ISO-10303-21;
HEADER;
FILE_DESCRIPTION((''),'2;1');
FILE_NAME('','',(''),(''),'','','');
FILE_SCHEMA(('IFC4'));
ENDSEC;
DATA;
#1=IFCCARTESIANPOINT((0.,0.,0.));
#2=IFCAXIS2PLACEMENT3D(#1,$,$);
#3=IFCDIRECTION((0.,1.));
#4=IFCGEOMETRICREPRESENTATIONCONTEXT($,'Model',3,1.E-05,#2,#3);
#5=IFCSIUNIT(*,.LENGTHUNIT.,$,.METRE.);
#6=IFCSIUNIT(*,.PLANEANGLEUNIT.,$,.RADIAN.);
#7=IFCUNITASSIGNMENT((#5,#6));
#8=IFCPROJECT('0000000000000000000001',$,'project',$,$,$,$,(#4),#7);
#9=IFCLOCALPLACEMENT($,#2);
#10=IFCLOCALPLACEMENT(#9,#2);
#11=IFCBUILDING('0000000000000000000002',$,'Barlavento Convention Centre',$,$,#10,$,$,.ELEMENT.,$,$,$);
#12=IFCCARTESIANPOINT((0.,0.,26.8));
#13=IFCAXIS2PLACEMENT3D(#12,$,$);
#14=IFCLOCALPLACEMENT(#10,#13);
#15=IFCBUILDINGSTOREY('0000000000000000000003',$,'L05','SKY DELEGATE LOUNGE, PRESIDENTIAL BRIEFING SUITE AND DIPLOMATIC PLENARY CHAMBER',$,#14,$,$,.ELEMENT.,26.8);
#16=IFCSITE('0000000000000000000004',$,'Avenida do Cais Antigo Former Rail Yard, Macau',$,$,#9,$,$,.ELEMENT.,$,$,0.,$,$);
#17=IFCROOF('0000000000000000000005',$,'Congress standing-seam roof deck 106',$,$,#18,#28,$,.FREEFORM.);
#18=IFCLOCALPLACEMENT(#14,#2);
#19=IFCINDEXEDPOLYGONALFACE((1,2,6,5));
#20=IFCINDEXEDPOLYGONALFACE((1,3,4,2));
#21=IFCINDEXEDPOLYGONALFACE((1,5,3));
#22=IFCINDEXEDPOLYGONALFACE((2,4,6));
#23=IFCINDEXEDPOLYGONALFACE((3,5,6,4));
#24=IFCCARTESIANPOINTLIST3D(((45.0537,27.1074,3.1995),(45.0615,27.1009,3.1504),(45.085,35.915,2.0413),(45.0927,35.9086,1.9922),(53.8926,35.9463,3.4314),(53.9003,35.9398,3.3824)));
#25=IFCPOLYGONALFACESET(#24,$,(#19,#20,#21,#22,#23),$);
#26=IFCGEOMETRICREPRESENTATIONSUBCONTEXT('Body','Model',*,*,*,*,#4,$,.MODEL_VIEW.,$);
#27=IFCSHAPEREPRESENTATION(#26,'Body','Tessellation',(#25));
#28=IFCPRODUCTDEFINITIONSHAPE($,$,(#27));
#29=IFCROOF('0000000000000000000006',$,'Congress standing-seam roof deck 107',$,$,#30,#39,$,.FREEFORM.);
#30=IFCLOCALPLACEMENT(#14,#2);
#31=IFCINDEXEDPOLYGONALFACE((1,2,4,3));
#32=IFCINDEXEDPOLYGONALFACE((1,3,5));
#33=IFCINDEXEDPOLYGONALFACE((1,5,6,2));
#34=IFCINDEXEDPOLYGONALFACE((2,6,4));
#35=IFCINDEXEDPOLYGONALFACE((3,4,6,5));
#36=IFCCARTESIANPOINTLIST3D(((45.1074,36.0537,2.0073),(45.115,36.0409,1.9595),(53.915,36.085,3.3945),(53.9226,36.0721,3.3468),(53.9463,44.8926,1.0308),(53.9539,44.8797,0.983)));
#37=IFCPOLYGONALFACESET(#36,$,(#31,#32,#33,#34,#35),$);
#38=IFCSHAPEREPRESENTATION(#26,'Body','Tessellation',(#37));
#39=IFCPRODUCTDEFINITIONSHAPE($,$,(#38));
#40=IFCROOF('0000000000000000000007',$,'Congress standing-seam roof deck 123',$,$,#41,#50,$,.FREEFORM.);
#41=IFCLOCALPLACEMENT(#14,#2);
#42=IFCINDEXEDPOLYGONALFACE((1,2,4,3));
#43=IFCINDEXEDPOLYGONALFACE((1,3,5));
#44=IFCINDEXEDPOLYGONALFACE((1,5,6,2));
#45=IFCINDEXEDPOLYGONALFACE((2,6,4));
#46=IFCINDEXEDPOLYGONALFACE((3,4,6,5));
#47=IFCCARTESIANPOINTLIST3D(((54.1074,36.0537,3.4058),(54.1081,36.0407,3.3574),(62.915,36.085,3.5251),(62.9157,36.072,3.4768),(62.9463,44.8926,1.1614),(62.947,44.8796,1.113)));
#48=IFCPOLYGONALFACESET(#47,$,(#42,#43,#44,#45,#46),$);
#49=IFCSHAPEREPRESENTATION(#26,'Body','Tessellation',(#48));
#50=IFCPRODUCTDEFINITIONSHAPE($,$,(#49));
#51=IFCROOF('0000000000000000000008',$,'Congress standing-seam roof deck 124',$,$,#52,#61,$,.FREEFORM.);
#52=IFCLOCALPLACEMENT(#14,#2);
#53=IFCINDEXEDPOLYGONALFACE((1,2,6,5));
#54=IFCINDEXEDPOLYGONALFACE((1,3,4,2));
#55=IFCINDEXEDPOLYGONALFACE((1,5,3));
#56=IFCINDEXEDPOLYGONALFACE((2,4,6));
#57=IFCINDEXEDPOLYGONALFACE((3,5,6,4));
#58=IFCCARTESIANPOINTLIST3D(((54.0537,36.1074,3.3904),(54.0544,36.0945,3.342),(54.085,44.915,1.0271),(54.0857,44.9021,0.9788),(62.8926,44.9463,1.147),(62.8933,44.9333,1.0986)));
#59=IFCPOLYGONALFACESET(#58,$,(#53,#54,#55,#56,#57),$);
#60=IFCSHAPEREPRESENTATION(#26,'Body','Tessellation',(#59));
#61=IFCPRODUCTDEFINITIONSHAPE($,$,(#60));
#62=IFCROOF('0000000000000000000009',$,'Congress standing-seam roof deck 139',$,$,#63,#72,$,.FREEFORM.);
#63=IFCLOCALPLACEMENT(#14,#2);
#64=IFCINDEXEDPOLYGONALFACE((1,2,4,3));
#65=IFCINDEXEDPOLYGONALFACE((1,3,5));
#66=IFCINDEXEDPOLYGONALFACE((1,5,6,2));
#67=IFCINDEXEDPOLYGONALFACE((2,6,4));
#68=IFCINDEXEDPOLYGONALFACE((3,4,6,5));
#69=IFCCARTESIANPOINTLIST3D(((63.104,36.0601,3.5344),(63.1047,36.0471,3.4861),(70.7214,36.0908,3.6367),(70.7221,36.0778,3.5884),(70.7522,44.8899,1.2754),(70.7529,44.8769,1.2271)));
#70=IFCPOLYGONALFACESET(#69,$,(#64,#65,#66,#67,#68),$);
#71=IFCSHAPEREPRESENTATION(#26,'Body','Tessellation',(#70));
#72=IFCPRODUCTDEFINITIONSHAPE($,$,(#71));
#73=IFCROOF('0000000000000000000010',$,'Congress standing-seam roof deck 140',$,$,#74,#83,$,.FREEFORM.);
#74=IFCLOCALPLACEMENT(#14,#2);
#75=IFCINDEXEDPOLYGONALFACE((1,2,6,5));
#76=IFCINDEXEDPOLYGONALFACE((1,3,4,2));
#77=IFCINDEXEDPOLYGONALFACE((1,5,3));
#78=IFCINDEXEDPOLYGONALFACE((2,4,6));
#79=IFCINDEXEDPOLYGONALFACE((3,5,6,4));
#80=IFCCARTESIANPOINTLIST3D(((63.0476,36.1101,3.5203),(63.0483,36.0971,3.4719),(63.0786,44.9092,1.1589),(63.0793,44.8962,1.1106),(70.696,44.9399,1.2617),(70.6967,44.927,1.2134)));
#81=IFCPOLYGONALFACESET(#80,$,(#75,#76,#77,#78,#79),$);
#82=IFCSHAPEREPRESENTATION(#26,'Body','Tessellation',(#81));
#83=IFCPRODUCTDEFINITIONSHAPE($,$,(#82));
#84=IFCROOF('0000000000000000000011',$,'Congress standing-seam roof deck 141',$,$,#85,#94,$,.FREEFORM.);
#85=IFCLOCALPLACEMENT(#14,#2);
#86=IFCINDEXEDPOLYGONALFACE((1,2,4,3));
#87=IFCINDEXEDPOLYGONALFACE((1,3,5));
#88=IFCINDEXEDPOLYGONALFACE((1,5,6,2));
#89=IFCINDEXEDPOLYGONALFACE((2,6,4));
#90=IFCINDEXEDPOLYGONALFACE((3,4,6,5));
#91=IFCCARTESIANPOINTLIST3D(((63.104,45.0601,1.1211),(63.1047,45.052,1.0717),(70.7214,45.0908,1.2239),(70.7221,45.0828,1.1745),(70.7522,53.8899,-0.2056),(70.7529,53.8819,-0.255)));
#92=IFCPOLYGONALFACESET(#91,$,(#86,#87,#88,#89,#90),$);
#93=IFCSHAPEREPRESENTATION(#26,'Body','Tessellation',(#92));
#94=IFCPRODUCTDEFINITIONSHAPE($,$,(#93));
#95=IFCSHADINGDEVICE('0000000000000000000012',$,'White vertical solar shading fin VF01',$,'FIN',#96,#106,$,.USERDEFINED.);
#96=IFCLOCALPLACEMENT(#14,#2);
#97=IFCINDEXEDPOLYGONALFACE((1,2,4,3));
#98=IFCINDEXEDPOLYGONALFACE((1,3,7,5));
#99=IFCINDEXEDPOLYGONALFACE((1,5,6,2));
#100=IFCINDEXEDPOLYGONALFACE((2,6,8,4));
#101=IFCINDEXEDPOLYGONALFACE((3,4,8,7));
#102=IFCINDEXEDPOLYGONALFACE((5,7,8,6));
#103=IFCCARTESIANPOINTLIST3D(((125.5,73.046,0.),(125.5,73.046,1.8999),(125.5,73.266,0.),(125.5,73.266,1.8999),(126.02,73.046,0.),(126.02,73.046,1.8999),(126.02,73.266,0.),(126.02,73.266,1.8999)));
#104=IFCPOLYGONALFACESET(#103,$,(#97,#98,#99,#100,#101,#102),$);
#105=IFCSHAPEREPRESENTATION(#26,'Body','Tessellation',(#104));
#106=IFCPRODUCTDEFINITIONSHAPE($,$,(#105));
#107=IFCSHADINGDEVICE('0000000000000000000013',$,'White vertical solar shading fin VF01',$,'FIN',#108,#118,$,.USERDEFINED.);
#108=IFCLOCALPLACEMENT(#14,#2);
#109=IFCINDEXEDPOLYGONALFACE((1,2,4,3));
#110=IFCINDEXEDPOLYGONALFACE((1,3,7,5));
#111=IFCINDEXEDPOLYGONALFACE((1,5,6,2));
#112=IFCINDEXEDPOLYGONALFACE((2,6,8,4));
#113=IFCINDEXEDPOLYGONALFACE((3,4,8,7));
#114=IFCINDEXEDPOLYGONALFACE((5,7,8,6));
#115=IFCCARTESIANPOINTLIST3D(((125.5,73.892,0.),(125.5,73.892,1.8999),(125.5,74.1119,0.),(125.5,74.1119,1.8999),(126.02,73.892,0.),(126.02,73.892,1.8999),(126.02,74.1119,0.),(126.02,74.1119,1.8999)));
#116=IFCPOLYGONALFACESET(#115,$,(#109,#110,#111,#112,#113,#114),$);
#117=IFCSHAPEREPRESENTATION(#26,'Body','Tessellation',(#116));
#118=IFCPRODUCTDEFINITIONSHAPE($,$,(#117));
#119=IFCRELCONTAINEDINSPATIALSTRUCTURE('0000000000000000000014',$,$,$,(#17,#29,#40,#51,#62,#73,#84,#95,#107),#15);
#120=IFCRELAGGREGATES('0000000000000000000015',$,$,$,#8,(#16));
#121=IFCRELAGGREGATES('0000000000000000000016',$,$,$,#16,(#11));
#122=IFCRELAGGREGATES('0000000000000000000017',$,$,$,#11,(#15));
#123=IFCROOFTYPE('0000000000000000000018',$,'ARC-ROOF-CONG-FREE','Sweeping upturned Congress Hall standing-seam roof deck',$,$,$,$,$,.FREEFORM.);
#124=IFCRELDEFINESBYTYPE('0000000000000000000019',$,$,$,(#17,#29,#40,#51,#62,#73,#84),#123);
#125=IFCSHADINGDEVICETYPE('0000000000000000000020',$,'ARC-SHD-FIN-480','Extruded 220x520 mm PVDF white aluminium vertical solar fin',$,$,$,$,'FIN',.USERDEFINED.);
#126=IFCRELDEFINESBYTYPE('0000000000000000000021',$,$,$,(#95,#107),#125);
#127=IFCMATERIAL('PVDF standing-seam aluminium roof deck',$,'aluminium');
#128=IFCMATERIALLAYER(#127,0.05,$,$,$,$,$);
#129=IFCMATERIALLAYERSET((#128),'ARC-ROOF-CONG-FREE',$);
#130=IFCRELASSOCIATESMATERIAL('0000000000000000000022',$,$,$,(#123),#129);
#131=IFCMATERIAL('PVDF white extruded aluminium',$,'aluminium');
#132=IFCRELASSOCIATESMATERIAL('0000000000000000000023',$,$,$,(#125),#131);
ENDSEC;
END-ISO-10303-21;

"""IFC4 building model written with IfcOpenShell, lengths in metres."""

from ifc_helpers import new_model, si_unit, direction, frame, origin, origin_2d, place, context, subcontext, project, spatial, polyline, rectangle, outline, extrude, material, layer, layer_set, type_object, element, save


model = new_model("IFC4")

# Units and contexts
model_context = context("Model", 3, precision=1e-05, world=origin(), true_north=direction((0.0, 1.0)))
body_context = subcontext(model_context, "Body", "Model", "MODEL_VIEW")
ifc_project = project(units=[si_unit("LENGTHUNIT", "METRE"), si_unit("PLANEANGLEUNIT", "RADIAN")], contexts=[model_context])

# Site, building, storey
site_placement = place(None, origin())
site = spatial("IfcSite", under=ifc_project, at=site_placement, Name="Avenida do Cais Antigo Former Rail Yard, Macau", CompositionType="ELEMENT", RefElevation=0.0)
building_placement = place(site_placement, origin())
building = spatial("IfcBuilding", under=site, at=building_placement, Name="Barlavento Convention Centre", CompositionType="ELEMENT")
storey_placement = place(building_placement, frame((0.0, 0.0, 26.8)))
storey = spatial("IfcBuildingStorey", under=building, at=storey_placement, Name="L05", Description="SKY DELEGATE LOUNGE, PRESIDENTIAL BRIEFING SUITE AND DIPLOMATIC PLENARY CHAMBER", CompositionType="ELEMENT", Elevation=26.8)

# Roofs
ifc_material_1 = material(Name="PVDF standing-seam aluminium roof deck", Category="aluminium")
ifc_layer_1 = layer(ifc_material_1, 0.05)
ifc_layer_set_1 = layer_set([ifc_layer_1], Name="ARC-ROOF-CONG-FREE")
roof_type = type_object("IfcRoofType", Name="ARC-ROOF-CONG-FREE", Description="Sweeping upturned Congress Hall standing-seam roof deck", PredefinedType="FREEFORM", material=ifc_layer_set_1)
roof_1_placement = place(storey_placement, frame((45.0537, 27.1074, 3.1995), z_axis=(-0.155042, 0.129342, 0.979404), x_axis=(0.706985, 0.706985, 0.018551)))
element("IfcRoof", 1, at=roof_1_placement, inside=storey, type_object=roof_type, Name="Congress standing-seam roof deck 106", PredefinedType="FREEFORM", context=body_context, shape_type="SweptSolid", body=[
    extrude(outline(polyline([(0.0, 0.0), (12.5022, 0.0), (6.2275, 6.3352), (0.0, 0.0)])), origin(), (0.0, 0.0, -1.0), 0.05),
])
roof_2_placement = place(storey_placement, frame((45.1074, 36.0537, 2.0073), z_axis=(-0.151257, 0.256724, 0.954575), x_axis=(0.987817, 0.003505, 0.155582)))
element("IfcRoof", 2, at=roof_2_placement, inside=storey, type_object=roof_type, Name="Congress standing-seam roof deck 107", PredefinedType="FREEFORM", context=body_context, shape_type="SweptSolid", body=[
    extrude(outline(polyline([(0.0, 0.0), (8.9162, 0.0), (8.6102, 9.1142), (0.0, 0.0)])), origin(), (0.0, 0.0, -1.0), 0.05),
])
roof_3_placement = place(storey_placement, frame((54.1074, 36.0537, 3.4058), z_axis=(-0.01401, 0.259226, 0.965715), x_axis=(0.999902, 0.003548, 0.013553)))
element("IfcRoof", 3, at=roof_3_placement, inside=storey, type_object=roof_type, Name="Congress standing-seam roof deck 123", PredefinedType="FREEFORM", context=body_context, shape_type="SweptSolid", body=[
    extrude(outline(polyline([(0.0, 0.0), (8.8085, 0.0), (8.8389, 9.1193), (0.0, 0.0)])), origin(), (0.0, 0.0, -1.0), 0.05),
])
roof_4_placement = place(storey_placement, frame((54.0537, 36.1074, 3.3904), z_axis=(-0.014063, 0.259176, 0.965728), x_axis=(0.695987, 0.695987, -0.17665)))
element("IfcRoof", 4, at=roof_4_placement, inside=storey, type_object=roof_type, Name="Congress standing-seam roof deck 124", PredefinedType="FREEFORM", context=body_context, shape_type="SweptSolid", body=[
    extrude(outline(polyline([(0.0, 0.0), (12.6998, 0.0), (6.5692, 6.325), (0.0, 0.0)])), origin(), (0.0, 0.0, -1.0), 0.05),
])
roof_5_placement = place(storey_placement, frame((63.104, 36.0601, 3.5344), z_axis=(-0.014015, 0.25921, 0.965719), x_axis=(0.999902, 0.004038, 0.013428)))
element("IfcRoof", 5, at=roof_5_placement, inside=storey, type_object=roof_type, Name="Congress standing-seam roof deck 139", PredefinedType="FREEFORM", context=body_context, shape_type="SweptSolid", body=[
    extrude(outline(polyline([(0.0, 0.0), (7.6182, 0.0), (7.6528, 9.1104), (0.0, 0.0)])), origin(), (0.0, 0.0, -1.0), 0.05),
])
roof_6_placement = place(storey_placement, frame((63.0476, 36.1101, 3.5203), z_axis=(-0.014077, 0.259211, 0.965718), x_axis=(0.642827, 0.742119, -0.189823)))
element("IfcRoof", 6, at=roof_6_placement, inside=storey, type_object=roof_type, Name="Congress standing-seam roof deck 140", PredefinedType="FREEFORM", context=body_context, shape_type="SweptSolid", body=[
    extrude(outline(polyline([(0.0, 0.0), (11.8981, 0.0), (6.9981, 5.8332), (0.0, 0.0)])), origin(), (0.0, 0.0, -1.0), 0.05),
])
roof_7_placement = place(storey_placement, frame((63.104, 45.0601, 1.1211), z_axis=(-0.013965, 0.160384, 0.986956), x_axis=(0.999901, 0.004038, 0.013492)))
element("IfcRoof", 7, at=roof_7_placement, inside=storey, type_object=roof_type, Name="Congress standing-seam roof deck 141", PredefinedType="FREEFORM", context=body_context, shape_type="SweptSolid", body=[
    extrude(outline(polyline([(0.0, 0.0), (7.6182, 0.0), (7.6652, 8.9144), (0.0, 0.0)])), origin(), (0.0, 0.0, -1.0), 0.05),
])

# Shading devices
ifc_material_2 = material(Name="PVDF white extruded aluminium", Category="aluminium")
shading_device_type = type_object("IfcShadingDeviceType", Name="ARC-SHD-FIN-480", Description="Extruded 220x520 mm PVDF white aluminium vertical solar fin", ElementType="FIN", PredefinedType="USERDEFINED", material=ifc_material_2)
for number, where, z_axis, x_axis, name in (
    (8, (125.76, 73.156, 0.0), (0.0, 0.0, 1.0), (0.0, 1.0, 0.0), "White vertical solar shading fin VF01"),
    (9, (125.76, 74.002, 0.0), (0.0, 0.0, 1.0), (0.0, 1.0, 0.0), "White vertical solar shading fin VF01"),
):
    element("IfcShadingDevice", number, at=place(storey_placement, frame(where, z_axis=z_axis, x_axis=x_axis)), inside=storey, type_object=shading_device_type, Name=name, ObjectType="FIN", PredefinedType="USERDEFINED", context=body_context, shape_type="SweptSolid", body=[
        extrude(rectangle(XDim=0.22, YDim=0.52, at=origin_2d()), origin(), (0.0, 0.0, 1.0), 1.8999),
    ])

save(model, "model.ifc")
